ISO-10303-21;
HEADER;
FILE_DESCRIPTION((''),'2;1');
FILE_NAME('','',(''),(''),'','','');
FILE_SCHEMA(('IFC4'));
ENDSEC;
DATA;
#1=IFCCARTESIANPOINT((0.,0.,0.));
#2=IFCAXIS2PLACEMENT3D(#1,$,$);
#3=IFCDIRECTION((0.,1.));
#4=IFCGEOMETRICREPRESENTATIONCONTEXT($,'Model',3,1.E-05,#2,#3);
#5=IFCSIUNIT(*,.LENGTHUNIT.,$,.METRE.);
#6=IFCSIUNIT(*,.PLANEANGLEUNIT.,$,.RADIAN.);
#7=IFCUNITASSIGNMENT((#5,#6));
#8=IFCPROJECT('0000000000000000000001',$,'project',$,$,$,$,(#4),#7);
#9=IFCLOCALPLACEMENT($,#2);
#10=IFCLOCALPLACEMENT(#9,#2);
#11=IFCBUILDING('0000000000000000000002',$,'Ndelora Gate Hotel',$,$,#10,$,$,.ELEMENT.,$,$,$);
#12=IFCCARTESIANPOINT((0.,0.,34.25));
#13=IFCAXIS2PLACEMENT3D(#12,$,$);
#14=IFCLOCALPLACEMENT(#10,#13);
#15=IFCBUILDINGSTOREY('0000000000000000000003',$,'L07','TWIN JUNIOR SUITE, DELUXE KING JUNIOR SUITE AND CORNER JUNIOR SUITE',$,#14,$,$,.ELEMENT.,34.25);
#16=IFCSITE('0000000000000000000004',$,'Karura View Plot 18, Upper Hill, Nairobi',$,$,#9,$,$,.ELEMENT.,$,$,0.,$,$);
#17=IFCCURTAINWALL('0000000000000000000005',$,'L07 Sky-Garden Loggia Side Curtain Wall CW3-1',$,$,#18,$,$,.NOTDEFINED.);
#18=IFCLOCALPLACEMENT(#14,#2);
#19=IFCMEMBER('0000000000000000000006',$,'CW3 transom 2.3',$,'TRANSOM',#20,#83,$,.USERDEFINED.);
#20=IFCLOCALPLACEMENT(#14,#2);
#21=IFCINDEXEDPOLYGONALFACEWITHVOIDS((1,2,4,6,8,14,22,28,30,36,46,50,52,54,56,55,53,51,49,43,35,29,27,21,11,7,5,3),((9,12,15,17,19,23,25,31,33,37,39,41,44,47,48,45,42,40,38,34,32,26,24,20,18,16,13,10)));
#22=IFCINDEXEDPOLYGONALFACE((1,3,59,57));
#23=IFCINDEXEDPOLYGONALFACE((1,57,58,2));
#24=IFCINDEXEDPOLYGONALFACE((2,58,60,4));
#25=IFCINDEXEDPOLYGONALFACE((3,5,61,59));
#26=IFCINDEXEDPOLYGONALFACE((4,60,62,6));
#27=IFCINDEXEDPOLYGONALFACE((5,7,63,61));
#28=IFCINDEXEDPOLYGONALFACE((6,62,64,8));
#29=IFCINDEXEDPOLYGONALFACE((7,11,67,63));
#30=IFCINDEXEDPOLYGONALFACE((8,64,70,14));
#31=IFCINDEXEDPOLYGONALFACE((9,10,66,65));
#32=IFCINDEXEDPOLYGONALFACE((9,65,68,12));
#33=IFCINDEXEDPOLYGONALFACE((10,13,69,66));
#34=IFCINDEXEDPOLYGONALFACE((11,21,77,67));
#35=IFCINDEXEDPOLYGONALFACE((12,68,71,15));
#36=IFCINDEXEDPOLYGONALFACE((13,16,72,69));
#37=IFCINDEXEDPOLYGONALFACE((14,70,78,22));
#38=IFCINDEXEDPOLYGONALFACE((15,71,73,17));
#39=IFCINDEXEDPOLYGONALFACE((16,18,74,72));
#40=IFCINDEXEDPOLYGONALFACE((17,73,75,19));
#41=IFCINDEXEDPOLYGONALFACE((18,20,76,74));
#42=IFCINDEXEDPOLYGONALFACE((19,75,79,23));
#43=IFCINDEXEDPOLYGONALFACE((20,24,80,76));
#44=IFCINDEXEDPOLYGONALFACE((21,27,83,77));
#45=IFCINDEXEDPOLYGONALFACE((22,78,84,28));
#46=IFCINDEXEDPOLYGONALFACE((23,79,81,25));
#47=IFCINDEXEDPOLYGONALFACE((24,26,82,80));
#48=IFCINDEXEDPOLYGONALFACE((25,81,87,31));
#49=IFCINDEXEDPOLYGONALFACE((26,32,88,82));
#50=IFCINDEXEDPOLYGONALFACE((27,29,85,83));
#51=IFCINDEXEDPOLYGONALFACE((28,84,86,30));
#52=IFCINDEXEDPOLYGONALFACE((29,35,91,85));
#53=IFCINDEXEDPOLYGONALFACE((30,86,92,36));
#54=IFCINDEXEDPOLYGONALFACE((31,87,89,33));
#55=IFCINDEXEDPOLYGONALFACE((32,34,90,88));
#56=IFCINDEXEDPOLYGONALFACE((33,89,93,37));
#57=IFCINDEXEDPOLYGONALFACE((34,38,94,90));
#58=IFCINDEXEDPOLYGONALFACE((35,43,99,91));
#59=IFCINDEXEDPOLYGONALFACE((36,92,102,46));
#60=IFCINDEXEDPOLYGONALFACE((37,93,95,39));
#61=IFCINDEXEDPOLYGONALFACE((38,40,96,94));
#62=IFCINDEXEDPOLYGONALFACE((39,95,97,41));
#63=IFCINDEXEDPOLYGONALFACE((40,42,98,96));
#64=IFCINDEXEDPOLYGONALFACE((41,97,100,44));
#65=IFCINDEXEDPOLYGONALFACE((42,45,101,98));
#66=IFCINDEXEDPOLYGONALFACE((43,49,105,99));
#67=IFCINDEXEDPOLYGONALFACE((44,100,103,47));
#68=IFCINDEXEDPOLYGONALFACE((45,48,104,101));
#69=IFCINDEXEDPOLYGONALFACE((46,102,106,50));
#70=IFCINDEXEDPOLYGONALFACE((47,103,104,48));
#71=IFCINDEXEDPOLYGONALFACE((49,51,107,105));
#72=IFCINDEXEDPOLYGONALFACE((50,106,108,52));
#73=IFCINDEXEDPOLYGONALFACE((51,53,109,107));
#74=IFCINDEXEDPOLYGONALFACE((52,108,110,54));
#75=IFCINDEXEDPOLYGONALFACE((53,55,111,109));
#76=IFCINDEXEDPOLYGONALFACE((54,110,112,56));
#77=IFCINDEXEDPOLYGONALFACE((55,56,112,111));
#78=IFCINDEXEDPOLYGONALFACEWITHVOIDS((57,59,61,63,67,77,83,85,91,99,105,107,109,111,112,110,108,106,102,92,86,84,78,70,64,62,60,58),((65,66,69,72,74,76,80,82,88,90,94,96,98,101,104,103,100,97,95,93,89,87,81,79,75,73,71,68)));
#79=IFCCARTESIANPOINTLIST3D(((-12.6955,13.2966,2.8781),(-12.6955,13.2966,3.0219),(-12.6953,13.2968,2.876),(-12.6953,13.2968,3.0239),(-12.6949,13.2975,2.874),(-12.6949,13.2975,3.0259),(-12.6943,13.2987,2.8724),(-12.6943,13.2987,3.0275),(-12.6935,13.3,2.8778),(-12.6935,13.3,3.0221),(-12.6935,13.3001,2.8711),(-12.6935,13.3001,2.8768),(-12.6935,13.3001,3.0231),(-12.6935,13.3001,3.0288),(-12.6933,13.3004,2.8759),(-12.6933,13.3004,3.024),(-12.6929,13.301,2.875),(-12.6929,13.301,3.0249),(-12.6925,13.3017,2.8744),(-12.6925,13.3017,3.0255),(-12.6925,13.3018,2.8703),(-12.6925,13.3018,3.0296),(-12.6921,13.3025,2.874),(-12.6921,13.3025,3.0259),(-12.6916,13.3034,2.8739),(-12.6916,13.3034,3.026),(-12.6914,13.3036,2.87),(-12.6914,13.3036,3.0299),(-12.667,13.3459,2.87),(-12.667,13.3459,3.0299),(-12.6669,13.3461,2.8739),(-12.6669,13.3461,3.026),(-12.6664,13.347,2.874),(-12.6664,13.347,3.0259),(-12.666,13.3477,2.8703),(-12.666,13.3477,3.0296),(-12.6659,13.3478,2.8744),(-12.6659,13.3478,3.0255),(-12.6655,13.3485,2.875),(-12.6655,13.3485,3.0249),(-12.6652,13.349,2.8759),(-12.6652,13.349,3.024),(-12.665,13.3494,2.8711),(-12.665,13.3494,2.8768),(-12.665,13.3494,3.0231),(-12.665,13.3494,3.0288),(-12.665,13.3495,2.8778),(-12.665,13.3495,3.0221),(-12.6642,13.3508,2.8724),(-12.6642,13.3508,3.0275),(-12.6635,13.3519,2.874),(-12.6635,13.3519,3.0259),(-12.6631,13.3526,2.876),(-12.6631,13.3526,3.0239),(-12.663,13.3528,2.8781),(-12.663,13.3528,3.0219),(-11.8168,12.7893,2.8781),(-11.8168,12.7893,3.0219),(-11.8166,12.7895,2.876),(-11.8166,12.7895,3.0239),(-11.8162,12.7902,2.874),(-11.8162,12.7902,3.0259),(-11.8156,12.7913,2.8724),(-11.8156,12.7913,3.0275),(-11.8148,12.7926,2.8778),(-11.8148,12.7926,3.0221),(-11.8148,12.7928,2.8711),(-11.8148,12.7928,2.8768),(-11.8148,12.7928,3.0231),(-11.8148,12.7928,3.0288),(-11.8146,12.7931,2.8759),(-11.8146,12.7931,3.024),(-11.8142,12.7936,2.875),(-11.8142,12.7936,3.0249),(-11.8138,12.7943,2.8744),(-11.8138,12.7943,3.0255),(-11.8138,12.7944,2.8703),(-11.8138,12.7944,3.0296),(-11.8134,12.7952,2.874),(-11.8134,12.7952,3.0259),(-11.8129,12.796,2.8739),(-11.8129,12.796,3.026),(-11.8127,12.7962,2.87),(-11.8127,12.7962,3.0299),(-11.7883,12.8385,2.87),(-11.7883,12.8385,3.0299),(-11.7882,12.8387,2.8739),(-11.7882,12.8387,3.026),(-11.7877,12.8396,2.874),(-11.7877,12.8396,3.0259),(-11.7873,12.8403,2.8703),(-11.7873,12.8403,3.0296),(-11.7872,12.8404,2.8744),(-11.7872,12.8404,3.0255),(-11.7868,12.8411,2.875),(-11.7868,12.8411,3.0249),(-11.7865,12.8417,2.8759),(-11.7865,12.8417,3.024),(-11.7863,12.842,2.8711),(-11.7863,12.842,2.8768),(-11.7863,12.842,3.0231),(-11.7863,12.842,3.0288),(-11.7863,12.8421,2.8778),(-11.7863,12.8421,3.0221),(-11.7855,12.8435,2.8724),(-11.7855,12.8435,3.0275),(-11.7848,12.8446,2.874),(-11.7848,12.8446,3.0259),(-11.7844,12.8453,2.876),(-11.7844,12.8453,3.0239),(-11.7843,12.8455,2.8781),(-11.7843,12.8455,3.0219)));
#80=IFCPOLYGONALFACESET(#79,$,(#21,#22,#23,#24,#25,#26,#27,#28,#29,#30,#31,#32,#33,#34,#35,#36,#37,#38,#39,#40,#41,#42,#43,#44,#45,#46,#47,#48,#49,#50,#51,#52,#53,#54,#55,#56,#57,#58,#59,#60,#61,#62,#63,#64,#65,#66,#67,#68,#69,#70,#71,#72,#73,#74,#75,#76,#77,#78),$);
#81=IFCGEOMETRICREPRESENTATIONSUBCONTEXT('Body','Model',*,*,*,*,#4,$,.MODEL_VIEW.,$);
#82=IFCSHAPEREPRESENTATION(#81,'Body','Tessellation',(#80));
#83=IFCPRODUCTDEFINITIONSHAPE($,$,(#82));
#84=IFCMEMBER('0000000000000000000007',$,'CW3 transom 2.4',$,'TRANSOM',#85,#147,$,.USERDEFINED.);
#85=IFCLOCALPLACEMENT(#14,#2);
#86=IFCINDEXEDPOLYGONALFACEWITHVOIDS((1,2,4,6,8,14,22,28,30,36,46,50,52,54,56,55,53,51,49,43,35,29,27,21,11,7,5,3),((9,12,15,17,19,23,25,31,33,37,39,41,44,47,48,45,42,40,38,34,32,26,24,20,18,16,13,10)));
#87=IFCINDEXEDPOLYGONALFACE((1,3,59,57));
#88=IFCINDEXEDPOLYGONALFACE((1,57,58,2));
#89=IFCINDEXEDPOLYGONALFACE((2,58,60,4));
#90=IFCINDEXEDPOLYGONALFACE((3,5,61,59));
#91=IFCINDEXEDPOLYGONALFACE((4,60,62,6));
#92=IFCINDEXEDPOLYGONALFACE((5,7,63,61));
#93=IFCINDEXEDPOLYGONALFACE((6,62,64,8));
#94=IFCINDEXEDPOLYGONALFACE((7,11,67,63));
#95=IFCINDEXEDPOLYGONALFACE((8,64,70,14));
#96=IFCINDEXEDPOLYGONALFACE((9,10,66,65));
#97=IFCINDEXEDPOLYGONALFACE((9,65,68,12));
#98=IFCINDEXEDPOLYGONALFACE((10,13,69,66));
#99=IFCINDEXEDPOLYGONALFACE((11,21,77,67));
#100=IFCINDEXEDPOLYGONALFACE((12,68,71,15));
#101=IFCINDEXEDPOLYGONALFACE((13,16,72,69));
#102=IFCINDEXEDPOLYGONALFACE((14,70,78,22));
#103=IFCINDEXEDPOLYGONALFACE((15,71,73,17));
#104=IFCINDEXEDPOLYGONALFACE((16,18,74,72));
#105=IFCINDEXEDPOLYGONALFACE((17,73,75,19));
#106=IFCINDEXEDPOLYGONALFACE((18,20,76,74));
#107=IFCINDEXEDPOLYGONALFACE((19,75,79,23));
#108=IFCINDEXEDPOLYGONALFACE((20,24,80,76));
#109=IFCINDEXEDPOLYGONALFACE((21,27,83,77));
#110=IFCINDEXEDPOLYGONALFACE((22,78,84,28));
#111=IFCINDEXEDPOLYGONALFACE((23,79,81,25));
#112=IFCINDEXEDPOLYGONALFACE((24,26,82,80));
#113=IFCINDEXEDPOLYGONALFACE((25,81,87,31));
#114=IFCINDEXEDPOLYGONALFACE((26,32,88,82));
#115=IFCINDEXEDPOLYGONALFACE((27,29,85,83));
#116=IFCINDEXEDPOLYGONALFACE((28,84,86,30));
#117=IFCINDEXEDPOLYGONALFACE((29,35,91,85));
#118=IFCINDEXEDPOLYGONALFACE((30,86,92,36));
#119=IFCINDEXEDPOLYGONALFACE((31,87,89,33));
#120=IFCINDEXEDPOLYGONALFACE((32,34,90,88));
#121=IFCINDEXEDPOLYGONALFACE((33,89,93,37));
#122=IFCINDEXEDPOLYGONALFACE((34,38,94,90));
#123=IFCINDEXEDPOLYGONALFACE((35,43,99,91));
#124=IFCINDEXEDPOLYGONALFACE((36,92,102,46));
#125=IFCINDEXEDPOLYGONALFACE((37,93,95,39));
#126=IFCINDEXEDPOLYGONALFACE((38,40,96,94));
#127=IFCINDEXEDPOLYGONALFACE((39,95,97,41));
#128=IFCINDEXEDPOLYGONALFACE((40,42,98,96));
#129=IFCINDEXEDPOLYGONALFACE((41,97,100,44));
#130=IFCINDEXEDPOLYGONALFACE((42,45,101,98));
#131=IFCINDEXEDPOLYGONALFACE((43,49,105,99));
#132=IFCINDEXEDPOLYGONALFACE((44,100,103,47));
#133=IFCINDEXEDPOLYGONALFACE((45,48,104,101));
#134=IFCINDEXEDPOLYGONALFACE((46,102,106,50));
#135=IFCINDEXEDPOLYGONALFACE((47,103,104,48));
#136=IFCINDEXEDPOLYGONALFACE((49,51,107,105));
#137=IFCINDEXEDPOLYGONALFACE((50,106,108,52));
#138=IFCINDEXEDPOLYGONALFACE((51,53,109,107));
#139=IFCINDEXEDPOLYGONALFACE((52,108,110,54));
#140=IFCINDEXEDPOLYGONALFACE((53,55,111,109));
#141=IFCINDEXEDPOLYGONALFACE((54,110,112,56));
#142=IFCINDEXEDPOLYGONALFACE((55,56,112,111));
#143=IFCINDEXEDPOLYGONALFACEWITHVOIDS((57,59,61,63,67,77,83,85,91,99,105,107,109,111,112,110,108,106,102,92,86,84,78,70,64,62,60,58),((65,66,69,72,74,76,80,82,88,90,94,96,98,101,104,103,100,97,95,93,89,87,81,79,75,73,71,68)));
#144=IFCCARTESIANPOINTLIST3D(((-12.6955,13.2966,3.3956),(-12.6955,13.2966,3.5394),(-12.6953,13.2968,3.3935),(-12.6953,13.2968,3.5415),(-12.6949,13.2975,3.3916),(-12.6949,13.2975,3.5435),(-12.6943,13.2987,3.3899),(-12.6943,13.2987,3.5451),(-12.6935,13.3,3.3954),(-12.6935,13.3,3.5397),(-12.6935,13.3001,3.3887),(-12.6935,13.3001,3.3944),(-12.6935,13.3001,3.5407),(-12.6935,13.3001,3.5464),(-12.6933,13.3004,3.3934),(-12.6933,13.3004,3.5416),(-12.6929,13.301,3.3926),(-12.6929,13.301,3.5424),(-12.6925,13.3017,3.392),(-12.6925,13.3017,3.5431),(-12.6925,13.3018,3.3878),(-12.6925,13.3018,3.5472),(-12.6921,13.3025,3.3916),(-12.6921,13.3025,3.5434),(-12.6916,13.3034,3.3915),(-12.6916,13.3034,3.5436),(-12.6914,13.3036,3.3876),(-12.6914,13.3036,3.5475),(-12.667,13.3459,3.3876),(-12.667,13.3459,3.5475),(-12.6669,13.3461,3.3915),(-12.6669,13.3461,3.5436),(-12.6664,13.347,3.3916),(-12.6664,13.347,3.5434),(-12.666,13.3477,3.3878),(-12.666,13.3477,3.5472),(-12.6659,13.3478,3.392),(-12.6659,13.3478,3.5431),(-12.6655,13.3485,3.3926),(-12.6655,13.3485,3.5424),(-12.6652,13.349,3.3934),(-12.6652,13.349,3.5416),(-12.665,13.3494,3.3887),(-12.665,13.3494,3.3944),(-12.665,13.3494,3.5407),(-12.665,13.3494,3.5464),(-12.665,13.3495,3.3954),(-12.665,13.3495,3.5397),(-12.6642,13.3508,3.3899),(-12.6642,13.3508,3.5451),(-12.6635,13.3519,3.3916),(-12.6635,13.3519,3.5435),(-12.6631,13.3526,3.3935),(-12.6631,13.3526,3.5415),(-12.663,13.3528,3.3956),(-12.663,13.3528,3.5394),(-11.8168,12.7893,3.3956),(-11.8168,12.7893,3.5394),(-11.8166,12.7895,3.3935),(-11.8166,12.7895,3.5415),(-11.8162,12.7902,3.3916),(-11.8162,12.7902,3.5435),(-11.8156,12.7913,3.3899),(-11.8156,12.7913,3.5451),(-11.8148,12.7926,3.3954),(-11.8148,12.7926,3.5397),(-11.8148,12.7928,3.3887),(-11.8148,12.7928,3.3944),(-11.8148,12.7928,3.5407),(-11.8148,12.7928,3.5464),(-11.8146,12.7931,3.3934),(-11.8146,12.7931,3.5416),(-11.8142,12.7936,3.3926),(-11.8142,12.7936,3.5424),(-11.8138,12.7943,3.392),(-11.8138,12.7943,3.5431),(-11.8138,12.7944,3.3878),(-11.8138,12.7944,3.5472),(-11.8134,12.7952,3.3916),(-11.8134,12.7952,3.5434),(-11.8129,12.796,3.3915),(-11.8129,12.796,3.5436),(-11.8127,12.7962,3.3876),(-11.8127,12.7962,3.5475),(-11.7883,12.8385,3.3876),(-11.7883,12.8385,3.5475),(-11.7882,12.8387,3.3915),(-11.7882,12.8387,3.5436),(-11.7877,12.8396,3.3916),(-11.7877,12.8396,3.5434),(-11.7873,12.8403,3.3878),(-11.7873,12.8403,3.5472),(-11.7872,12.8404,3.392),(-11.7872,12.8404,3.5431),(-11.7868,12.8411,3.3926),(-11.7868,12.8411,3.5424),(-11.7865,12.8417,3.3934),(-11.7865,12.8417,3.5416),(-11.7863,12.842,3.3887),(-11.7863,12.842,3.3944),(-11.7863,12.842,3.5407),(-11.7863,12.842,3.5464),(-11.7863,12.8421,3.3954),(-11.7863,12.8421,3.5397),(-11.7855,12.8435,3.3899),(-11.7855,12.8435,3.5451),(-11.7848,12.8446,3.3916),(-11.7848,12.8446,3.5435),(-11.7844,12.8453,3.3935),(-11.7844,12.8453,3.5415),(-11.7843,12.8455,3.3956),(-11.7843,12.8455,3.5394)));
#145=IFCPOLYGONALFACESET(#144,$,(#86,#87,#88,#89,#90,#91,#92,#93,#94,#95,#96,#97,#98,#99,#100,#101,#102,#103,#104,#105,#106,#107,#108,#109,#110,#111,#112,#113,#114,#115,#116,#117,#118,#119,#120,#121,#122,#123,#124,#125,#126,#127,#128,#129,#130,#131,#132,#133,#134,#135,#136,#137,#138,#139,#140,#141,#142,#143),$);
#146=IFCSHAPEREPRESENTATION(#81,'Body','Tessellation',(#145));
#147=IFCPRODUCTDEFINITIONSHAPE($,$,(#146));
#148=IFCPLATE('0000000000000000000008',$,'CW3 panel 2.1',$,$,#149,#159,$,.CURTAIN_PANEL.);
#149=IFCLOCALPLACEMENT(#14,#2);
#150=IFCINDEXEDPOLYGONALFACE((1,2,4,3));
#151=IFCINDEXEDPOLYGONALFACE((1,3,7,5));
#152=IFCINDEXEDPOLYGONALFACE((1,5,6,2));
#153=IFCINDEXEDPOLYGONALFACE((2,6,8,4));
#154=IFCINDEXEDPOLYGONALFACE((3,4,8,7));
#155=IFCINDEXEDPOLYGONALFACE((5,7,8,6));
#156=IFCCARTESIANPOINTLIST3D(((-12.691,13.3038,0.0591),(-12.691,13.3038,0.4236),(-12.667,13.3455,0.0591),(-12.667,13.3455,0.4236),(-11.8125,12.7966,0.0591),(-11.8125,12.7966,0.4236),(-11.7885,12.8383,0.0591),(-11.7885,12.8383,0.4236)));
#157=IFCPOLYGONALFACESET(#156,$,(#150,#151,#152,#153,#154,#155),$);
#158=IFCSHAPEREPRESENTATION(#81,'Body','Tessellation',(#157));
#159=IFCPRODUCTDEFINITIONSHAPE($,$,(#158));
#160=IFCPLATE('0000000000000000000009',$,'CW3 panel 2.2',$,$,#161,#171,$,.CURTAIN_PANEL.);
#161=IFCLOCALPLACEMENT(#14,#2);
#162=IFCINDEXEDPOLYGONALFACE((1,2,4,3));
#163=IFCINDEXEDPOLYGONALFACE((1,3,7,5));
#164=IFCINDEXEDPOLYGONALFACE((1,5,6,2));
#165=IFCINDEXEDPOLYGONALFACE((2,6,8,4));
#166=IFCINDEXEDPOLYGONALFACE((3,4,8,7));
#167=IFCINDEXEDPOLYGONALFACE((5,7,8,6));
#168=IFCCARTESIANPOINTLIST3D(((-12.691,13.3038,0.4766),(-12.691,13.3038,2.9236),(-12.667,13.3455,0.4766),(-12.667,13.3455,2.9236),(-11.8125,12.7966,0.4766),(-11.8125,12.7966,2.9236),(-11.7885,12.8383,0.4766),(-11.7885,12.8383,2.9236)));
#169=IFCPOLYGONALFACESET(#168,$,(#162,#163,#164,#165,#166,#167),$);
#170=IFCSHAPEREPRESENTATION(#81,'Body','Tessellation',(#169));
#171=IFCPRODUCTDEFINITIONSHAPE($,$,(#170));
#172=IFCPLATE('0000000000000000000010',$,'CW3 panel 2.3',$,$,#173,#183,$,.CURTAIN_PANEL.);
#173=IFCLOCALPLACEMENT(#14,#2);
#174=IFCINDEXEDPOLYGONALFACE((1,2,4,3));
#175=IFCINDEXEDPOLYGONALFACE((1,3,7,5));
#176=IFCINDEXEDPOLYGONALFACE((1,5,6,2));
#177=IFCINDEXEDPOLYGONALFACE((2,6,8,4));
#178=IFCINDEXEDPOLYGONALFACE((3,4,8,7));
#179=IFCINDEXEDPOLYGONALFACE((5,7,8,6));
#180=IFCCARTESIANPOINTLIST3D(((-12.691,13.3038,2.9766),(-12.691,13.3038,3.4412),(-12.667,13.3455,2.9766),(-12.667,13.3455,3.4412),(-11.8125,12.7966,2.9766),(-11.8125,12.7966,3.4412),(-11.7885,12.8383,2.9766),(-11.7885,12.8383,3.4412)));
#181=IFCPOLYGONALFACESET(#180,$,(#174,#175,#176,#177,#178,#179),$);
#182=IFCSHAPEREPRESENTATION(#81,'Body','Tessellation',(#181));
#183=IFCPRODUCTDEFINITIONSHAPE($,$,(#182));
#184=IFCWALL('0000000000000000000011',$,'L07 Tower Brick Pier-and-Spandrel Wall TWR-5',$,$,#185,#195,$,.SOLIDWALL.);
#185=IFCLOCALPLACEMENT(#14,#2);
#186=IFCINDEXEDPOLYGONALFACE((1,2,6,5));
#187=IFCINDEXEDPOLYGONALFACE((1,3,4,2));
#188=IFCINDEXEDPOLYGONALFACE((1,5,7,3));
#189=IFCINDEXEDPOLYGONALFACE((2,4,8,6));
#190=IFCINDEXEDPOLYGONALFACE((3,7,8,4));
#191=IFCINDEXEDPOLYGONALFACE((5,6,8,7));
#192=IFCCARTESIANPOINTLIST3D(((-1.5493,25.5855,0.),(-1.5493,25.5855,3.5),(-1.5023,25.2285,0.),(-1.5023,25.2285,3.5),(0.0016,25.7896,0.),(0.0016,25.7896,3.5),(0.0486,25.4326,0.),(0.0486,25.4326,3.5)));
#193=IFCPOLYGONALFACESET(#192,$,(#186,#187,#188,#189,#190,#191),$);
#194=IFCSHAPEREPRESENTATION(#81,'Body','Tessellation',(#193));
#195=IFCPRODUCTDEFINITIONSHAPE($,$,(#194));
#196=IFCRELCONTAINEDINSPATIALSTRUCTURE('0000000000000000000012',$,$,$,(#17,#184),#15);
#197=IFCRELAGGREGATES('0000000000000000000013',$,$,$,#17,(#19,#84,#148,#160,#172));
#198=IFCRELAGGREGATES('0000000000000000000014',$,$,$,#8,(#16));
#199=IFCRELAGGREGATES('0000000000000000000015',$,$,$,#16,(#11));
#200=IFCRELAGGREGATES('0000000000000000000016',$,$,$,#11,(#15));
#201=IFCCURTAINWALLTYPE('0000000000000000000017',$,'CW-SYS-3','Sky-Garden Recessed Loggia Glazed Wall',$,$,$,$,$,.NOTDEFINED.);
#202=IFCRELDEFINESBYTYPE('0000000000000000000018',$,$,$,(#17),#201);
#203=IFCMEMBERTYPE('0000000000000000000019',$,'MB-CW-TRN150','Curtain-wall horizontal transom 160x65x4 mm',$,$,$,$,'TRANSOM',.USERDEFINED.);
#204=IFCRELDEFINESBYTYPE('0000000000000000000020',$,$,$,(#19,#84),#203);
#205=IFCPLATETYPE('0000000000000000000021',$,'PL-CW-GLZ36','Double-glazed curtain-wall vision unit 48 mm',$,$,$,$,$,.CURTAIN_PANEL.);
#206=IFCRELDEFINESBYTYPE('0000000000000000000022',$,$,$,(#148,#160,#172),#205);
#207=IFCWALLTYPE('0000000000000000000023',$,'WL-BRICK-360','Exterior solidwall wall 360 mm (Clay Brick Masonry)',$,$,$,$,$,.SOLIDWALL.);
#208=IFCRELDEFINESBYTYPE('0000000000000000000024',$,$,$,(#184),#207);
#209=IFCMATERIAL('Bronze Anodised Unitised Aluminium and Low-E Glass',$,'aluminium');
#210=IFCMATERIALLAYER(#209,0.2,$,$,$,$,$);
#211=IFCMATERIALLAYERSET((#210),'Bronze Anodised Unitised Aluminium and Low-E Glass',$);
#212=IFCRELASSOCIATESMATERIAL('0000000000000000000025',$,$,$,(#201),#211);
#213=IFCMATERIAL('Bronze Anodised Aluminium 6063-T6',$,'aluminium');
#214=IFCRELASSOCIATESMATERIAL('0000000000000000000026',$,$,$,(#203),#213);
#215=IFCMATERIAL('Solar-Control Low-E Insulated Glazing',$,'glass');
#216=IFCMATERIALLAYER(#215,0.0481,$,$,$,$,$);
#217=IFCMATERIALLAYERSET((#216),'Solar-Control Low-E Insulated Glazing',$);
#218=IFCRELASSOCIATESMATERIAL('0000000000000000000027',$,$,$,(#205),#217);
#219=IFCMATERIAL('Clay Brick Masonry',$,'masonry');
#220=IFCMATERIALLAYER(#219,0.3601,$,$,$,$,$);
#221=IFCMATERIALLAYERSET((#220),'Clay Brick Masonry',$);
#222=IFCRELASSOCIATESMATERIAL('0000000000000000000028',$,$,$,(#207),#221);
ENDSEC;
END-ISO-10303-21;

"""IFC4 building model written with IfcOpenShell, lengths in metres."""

from ifc_helpers import new_model, si_unit, direction, frame, frame_2d, origin, origin_2d, place, context, subcontext, project, spatial, rectangle, hollow_rectangle, extrude, material, layer, layer_set, material_profile, profile_set, type_object, element, aggregate, save


model = new_model("IFC4")

# Units and contexts
model_context = context("Model", 3, precision=1e-05, world=origin(), true_north=direction((0.0, 1.0)))
body_context = subcontext(model_context, "Body", "Model", "MODEL_VIEW")
ifc_project = project(units=[si_unit("LENGTHUNIT", "METRE"), si_unit("PLANEANGLEUNIT", "RADIAN")], contexts=[model_context])

# Site, building, storey
site_placement = place(None, origin())
site = spatial("IfcSite", under=ifc_project, at=site_placement, Name="Karura View Plot 18, Upper Hill, Nairobi", CompositionType="ELEMENT", RefElevation=0.0)
building_placement = place(site_placement, origin())
building = spatial("IfcBuilding", under=site, at=building_placement, Name="Ndelora Gate Hotel", CompositionType="ELEMENT")
storey_placement = place(building_placement, frame((0.0, 0.0, 34.25)))
storey = spatial("IfcBuildingStorey", under=building, at=storey_placement, Name="L07", Description="TWIN JUNIOR SUITE, DELUXE KING JUNIOR SUITE AND CORNER JUNIOR SUITE", CompositionType="ELEMENT", Elevation=34.25)

# Curtain wall, members, plates
ifc_material_1 = material(Name="Bronze Anodised Unitised Aluminium and Low-E Glass", Category="aluminium")
ifc_layer_1 = layer(ifc_material_1, 0.2)
ifc_layer_set_1 = layer_set([ifc_layer_1], Name="Bronze Anodised Unitised Aluminium and Low-E Glass")
curtain_wall_type = type_object("IfcCurtainWallType", Name="CW-SYS-3", Description="Sky-Garden Recessed Loggia Glazed Wall", PredefinedType="NOTDEFINED", material=ifc_layer_set_1)
curtain_wall_placement = place(storey_placement, origin())
curtain_wall = element("IfcCurtainWall", 1, at=curtain_wall_placement, inside=storey, type_object=curtain_wall_type, Name="L07 Sky-Garden Loggia Side Curtain Wall CW3-1", PredefinedType="NOTDEFINED")
ifc_material_2 = material(Name="Bronze Anodised Aluminium 6063-T6", Category="aluminium")
ifc_material_profile_1 = material_profile(ifc_material_2, hollow_rectangle(XDim=0.0649, YDim=0.1599, WallThickness=0.0039, InnerFilletRadius=0.0039, OuterFilletRadius=0.0081, at=origin_2d()), Name="ALU 160x65x4")
ifc_profile_set_1 = profile_set([ifc_material_profile_1], Name="Bronze Anodised Aluminium 6063-T6")
member_type_1 = type_object("IfcMemberType", Name="MB-CW-TRN150", Description="Curtain-wall horizontal transom 160x65x4 mm", ElementType="TRANSOM", PredefinedType="USERDEFINED", material=ifc_profile_set_1)
member_1_placement = place(storey_placement, frame((-11.8005, 12.8174, 2.95), z_axis=(-0.866013, 0.500021, 0.0), x_axis=(-0.500021, -0.866013, 0.0)))
member_1 = element("IfcMember", 2, at=member_1_placement, type_object=member_type_1, Name="CW3 transom 2.3", ObjectType="TRANSOM", PredefinedType="USERDEFINED", context=body_context, shape_type="SweptSolid", body=[
    extrude(hollow_rectangle(XDim=0.0649, YDim=0.1599, WallThickness=0.0039, InnerFilletRadius=0.0039, OuterFilletRadius=0.0081, at=origin_2d()), origin(), (0.0, 0.0, 1.0), 1.0146),
])
member_2_placement = place(storey_placement, frame((-11.8005, 12.8174, 3.4675), z_axis=(-0.866013, 0.500021, 0.0), x_axis=(-0.500021, -0.866013, 0.0)))
member_2 = element("IfcMember", 3, at=member_2_placement, type_object=member_type_1, Name="CW3 transom 2.4", ObjectType="TRANSOM", PredefinedType="USERDEFINED", context=body_context, shape_type="SweptSolid", body=[
    extrude(hollow_rectangle(XDim=0.0649, YDim=0.1599, WallThickness=0.0039, InnerFilletRadius=0.0039, OuterFilletRadius=0.0081, at=origin_2d()), origin(), (0.0, 0.0, 1.0), 1.0146),
])
ifc_material_3 = material(Name="Solar-Control Low-E Insulated Glazing", Category="glass")
ifc_layer_2 = layer(ifc_material_3, 0.0481)
ifc_layer_set_2 = layer_set([ifc_layer_2], Name="Solar-Control Low-E Insulated Glazing")
plate_type = type_object("IfcPlateType", Name="PL-CW-GLZ36", Description="Double-glazed curtain-wall vision unit 48 mm", PredefinedType="CURTAIN_PANEL", material=ifc_layer_set_2)
plate_1_placement = place(storey_placement, frame((-12.2397, 13.071, 0.0591), z_axis=(0.0, 0.0, 1.0), x_axis=(-0.86603, 0.499991, 0.0)))
plate_1 = element("IfcPlate", 4, at=plate_1_placement, type_object=plate_type, Name="CW3 panel 2.1", PredefinedType="CURTAIN_PANEL", context=body_context, shape_type="SweptSolid", body=[
    extrude(rectangle(XDim=1.0144, YDim=0.0481, at=origin_2d()), origin(), (0.0, 0.0, 1.0), 0.3645),
])
plate_2_placement = place(storey_placement, frame((-12.2397, 13.071, 0.4766), z_axis=(0.0, 0.0, 1.0), x_axis=(-0.86603, 0.499991, 0.0)))
plate_2 = element("IfcPlate", 5, at=plate_2_placement, type_object=plate_type, Name="CW3 panel 2.2", PredefinedType="CURTAIN_PANEL", context=body_context, shape_type="SweptSolid", body=[
    extrude(rectangle(XDim=1.0144, YDim=0.0481, at=origin_2d()), origin(), (0.0, 0.0, 1.0), 2.447),
])
plate_3_placement = place(storey_placement, frame((-12.2397, 13.071, 2.9766), z_axis=(0.0, 0.0, 1.0), x_axis=(-0.86603, 0.499991, 0.0)))
plate_3 = element("IfcPlate", 6, at=plate_3_placement, type_object=plate_type, Name="CW3 panel 2.3", PredefinedType="CURTAIN_PANEL", context=body_context, shape_type="SweptSolid", body=[
    extrude(rectangle(XDim=1.0144, YDim=0.0481, at=origin_2d()), origin(), (0.0, 0.0, 1.0), 0.4646),
])
aggregate(curtain_wall, [member_1, member_2, plate_1, plate_2, plate_3])

# Wall
ifc_material_4 = material(Name="Clay Brick Masonry", Category="masonry")
ifc_layer_3 = layer(ifc_material_4, 0.3601)
ifc_layer_set_3 = layer_set([ifc_layer_3], Name="Clay Brick Masonry")
wall_type = type_object("IfcWallType", Name="WL-BRICK-360", Description="Exterior solidwall wall 360 mm (Clay Brick Masonry)", PredefinedType="SOLIDWALL", material=ifc_layer_set_3)
for number, where, z_axis, x_axis, name in (
    (7, (-1.5259, 25.407, 0.0), (0.0, 0.0, 1.0), (0.99145, 0.130487, 0.0), "L07 Tower Brick Pier-and-Spandrel Wall TWR-5"),
):
    element("IfcWall", number, at=place(storey_placement, frame(where, z_axis=z_axis, x_axis=x_axis)), inside=storey, type_object=wall_type, Name=name, PredefinedType="SOLIDWALL", context=body_context, shape_type="SweptSolid", body=[
        extrude(rectangle(XDim=1.5642, YDim=0.3601, at=frame_2d((0.7822, 0.0))), origin(), (0.0, 0.0, 1.0), 3.5),
    ])

save(model, "model.ifc")
